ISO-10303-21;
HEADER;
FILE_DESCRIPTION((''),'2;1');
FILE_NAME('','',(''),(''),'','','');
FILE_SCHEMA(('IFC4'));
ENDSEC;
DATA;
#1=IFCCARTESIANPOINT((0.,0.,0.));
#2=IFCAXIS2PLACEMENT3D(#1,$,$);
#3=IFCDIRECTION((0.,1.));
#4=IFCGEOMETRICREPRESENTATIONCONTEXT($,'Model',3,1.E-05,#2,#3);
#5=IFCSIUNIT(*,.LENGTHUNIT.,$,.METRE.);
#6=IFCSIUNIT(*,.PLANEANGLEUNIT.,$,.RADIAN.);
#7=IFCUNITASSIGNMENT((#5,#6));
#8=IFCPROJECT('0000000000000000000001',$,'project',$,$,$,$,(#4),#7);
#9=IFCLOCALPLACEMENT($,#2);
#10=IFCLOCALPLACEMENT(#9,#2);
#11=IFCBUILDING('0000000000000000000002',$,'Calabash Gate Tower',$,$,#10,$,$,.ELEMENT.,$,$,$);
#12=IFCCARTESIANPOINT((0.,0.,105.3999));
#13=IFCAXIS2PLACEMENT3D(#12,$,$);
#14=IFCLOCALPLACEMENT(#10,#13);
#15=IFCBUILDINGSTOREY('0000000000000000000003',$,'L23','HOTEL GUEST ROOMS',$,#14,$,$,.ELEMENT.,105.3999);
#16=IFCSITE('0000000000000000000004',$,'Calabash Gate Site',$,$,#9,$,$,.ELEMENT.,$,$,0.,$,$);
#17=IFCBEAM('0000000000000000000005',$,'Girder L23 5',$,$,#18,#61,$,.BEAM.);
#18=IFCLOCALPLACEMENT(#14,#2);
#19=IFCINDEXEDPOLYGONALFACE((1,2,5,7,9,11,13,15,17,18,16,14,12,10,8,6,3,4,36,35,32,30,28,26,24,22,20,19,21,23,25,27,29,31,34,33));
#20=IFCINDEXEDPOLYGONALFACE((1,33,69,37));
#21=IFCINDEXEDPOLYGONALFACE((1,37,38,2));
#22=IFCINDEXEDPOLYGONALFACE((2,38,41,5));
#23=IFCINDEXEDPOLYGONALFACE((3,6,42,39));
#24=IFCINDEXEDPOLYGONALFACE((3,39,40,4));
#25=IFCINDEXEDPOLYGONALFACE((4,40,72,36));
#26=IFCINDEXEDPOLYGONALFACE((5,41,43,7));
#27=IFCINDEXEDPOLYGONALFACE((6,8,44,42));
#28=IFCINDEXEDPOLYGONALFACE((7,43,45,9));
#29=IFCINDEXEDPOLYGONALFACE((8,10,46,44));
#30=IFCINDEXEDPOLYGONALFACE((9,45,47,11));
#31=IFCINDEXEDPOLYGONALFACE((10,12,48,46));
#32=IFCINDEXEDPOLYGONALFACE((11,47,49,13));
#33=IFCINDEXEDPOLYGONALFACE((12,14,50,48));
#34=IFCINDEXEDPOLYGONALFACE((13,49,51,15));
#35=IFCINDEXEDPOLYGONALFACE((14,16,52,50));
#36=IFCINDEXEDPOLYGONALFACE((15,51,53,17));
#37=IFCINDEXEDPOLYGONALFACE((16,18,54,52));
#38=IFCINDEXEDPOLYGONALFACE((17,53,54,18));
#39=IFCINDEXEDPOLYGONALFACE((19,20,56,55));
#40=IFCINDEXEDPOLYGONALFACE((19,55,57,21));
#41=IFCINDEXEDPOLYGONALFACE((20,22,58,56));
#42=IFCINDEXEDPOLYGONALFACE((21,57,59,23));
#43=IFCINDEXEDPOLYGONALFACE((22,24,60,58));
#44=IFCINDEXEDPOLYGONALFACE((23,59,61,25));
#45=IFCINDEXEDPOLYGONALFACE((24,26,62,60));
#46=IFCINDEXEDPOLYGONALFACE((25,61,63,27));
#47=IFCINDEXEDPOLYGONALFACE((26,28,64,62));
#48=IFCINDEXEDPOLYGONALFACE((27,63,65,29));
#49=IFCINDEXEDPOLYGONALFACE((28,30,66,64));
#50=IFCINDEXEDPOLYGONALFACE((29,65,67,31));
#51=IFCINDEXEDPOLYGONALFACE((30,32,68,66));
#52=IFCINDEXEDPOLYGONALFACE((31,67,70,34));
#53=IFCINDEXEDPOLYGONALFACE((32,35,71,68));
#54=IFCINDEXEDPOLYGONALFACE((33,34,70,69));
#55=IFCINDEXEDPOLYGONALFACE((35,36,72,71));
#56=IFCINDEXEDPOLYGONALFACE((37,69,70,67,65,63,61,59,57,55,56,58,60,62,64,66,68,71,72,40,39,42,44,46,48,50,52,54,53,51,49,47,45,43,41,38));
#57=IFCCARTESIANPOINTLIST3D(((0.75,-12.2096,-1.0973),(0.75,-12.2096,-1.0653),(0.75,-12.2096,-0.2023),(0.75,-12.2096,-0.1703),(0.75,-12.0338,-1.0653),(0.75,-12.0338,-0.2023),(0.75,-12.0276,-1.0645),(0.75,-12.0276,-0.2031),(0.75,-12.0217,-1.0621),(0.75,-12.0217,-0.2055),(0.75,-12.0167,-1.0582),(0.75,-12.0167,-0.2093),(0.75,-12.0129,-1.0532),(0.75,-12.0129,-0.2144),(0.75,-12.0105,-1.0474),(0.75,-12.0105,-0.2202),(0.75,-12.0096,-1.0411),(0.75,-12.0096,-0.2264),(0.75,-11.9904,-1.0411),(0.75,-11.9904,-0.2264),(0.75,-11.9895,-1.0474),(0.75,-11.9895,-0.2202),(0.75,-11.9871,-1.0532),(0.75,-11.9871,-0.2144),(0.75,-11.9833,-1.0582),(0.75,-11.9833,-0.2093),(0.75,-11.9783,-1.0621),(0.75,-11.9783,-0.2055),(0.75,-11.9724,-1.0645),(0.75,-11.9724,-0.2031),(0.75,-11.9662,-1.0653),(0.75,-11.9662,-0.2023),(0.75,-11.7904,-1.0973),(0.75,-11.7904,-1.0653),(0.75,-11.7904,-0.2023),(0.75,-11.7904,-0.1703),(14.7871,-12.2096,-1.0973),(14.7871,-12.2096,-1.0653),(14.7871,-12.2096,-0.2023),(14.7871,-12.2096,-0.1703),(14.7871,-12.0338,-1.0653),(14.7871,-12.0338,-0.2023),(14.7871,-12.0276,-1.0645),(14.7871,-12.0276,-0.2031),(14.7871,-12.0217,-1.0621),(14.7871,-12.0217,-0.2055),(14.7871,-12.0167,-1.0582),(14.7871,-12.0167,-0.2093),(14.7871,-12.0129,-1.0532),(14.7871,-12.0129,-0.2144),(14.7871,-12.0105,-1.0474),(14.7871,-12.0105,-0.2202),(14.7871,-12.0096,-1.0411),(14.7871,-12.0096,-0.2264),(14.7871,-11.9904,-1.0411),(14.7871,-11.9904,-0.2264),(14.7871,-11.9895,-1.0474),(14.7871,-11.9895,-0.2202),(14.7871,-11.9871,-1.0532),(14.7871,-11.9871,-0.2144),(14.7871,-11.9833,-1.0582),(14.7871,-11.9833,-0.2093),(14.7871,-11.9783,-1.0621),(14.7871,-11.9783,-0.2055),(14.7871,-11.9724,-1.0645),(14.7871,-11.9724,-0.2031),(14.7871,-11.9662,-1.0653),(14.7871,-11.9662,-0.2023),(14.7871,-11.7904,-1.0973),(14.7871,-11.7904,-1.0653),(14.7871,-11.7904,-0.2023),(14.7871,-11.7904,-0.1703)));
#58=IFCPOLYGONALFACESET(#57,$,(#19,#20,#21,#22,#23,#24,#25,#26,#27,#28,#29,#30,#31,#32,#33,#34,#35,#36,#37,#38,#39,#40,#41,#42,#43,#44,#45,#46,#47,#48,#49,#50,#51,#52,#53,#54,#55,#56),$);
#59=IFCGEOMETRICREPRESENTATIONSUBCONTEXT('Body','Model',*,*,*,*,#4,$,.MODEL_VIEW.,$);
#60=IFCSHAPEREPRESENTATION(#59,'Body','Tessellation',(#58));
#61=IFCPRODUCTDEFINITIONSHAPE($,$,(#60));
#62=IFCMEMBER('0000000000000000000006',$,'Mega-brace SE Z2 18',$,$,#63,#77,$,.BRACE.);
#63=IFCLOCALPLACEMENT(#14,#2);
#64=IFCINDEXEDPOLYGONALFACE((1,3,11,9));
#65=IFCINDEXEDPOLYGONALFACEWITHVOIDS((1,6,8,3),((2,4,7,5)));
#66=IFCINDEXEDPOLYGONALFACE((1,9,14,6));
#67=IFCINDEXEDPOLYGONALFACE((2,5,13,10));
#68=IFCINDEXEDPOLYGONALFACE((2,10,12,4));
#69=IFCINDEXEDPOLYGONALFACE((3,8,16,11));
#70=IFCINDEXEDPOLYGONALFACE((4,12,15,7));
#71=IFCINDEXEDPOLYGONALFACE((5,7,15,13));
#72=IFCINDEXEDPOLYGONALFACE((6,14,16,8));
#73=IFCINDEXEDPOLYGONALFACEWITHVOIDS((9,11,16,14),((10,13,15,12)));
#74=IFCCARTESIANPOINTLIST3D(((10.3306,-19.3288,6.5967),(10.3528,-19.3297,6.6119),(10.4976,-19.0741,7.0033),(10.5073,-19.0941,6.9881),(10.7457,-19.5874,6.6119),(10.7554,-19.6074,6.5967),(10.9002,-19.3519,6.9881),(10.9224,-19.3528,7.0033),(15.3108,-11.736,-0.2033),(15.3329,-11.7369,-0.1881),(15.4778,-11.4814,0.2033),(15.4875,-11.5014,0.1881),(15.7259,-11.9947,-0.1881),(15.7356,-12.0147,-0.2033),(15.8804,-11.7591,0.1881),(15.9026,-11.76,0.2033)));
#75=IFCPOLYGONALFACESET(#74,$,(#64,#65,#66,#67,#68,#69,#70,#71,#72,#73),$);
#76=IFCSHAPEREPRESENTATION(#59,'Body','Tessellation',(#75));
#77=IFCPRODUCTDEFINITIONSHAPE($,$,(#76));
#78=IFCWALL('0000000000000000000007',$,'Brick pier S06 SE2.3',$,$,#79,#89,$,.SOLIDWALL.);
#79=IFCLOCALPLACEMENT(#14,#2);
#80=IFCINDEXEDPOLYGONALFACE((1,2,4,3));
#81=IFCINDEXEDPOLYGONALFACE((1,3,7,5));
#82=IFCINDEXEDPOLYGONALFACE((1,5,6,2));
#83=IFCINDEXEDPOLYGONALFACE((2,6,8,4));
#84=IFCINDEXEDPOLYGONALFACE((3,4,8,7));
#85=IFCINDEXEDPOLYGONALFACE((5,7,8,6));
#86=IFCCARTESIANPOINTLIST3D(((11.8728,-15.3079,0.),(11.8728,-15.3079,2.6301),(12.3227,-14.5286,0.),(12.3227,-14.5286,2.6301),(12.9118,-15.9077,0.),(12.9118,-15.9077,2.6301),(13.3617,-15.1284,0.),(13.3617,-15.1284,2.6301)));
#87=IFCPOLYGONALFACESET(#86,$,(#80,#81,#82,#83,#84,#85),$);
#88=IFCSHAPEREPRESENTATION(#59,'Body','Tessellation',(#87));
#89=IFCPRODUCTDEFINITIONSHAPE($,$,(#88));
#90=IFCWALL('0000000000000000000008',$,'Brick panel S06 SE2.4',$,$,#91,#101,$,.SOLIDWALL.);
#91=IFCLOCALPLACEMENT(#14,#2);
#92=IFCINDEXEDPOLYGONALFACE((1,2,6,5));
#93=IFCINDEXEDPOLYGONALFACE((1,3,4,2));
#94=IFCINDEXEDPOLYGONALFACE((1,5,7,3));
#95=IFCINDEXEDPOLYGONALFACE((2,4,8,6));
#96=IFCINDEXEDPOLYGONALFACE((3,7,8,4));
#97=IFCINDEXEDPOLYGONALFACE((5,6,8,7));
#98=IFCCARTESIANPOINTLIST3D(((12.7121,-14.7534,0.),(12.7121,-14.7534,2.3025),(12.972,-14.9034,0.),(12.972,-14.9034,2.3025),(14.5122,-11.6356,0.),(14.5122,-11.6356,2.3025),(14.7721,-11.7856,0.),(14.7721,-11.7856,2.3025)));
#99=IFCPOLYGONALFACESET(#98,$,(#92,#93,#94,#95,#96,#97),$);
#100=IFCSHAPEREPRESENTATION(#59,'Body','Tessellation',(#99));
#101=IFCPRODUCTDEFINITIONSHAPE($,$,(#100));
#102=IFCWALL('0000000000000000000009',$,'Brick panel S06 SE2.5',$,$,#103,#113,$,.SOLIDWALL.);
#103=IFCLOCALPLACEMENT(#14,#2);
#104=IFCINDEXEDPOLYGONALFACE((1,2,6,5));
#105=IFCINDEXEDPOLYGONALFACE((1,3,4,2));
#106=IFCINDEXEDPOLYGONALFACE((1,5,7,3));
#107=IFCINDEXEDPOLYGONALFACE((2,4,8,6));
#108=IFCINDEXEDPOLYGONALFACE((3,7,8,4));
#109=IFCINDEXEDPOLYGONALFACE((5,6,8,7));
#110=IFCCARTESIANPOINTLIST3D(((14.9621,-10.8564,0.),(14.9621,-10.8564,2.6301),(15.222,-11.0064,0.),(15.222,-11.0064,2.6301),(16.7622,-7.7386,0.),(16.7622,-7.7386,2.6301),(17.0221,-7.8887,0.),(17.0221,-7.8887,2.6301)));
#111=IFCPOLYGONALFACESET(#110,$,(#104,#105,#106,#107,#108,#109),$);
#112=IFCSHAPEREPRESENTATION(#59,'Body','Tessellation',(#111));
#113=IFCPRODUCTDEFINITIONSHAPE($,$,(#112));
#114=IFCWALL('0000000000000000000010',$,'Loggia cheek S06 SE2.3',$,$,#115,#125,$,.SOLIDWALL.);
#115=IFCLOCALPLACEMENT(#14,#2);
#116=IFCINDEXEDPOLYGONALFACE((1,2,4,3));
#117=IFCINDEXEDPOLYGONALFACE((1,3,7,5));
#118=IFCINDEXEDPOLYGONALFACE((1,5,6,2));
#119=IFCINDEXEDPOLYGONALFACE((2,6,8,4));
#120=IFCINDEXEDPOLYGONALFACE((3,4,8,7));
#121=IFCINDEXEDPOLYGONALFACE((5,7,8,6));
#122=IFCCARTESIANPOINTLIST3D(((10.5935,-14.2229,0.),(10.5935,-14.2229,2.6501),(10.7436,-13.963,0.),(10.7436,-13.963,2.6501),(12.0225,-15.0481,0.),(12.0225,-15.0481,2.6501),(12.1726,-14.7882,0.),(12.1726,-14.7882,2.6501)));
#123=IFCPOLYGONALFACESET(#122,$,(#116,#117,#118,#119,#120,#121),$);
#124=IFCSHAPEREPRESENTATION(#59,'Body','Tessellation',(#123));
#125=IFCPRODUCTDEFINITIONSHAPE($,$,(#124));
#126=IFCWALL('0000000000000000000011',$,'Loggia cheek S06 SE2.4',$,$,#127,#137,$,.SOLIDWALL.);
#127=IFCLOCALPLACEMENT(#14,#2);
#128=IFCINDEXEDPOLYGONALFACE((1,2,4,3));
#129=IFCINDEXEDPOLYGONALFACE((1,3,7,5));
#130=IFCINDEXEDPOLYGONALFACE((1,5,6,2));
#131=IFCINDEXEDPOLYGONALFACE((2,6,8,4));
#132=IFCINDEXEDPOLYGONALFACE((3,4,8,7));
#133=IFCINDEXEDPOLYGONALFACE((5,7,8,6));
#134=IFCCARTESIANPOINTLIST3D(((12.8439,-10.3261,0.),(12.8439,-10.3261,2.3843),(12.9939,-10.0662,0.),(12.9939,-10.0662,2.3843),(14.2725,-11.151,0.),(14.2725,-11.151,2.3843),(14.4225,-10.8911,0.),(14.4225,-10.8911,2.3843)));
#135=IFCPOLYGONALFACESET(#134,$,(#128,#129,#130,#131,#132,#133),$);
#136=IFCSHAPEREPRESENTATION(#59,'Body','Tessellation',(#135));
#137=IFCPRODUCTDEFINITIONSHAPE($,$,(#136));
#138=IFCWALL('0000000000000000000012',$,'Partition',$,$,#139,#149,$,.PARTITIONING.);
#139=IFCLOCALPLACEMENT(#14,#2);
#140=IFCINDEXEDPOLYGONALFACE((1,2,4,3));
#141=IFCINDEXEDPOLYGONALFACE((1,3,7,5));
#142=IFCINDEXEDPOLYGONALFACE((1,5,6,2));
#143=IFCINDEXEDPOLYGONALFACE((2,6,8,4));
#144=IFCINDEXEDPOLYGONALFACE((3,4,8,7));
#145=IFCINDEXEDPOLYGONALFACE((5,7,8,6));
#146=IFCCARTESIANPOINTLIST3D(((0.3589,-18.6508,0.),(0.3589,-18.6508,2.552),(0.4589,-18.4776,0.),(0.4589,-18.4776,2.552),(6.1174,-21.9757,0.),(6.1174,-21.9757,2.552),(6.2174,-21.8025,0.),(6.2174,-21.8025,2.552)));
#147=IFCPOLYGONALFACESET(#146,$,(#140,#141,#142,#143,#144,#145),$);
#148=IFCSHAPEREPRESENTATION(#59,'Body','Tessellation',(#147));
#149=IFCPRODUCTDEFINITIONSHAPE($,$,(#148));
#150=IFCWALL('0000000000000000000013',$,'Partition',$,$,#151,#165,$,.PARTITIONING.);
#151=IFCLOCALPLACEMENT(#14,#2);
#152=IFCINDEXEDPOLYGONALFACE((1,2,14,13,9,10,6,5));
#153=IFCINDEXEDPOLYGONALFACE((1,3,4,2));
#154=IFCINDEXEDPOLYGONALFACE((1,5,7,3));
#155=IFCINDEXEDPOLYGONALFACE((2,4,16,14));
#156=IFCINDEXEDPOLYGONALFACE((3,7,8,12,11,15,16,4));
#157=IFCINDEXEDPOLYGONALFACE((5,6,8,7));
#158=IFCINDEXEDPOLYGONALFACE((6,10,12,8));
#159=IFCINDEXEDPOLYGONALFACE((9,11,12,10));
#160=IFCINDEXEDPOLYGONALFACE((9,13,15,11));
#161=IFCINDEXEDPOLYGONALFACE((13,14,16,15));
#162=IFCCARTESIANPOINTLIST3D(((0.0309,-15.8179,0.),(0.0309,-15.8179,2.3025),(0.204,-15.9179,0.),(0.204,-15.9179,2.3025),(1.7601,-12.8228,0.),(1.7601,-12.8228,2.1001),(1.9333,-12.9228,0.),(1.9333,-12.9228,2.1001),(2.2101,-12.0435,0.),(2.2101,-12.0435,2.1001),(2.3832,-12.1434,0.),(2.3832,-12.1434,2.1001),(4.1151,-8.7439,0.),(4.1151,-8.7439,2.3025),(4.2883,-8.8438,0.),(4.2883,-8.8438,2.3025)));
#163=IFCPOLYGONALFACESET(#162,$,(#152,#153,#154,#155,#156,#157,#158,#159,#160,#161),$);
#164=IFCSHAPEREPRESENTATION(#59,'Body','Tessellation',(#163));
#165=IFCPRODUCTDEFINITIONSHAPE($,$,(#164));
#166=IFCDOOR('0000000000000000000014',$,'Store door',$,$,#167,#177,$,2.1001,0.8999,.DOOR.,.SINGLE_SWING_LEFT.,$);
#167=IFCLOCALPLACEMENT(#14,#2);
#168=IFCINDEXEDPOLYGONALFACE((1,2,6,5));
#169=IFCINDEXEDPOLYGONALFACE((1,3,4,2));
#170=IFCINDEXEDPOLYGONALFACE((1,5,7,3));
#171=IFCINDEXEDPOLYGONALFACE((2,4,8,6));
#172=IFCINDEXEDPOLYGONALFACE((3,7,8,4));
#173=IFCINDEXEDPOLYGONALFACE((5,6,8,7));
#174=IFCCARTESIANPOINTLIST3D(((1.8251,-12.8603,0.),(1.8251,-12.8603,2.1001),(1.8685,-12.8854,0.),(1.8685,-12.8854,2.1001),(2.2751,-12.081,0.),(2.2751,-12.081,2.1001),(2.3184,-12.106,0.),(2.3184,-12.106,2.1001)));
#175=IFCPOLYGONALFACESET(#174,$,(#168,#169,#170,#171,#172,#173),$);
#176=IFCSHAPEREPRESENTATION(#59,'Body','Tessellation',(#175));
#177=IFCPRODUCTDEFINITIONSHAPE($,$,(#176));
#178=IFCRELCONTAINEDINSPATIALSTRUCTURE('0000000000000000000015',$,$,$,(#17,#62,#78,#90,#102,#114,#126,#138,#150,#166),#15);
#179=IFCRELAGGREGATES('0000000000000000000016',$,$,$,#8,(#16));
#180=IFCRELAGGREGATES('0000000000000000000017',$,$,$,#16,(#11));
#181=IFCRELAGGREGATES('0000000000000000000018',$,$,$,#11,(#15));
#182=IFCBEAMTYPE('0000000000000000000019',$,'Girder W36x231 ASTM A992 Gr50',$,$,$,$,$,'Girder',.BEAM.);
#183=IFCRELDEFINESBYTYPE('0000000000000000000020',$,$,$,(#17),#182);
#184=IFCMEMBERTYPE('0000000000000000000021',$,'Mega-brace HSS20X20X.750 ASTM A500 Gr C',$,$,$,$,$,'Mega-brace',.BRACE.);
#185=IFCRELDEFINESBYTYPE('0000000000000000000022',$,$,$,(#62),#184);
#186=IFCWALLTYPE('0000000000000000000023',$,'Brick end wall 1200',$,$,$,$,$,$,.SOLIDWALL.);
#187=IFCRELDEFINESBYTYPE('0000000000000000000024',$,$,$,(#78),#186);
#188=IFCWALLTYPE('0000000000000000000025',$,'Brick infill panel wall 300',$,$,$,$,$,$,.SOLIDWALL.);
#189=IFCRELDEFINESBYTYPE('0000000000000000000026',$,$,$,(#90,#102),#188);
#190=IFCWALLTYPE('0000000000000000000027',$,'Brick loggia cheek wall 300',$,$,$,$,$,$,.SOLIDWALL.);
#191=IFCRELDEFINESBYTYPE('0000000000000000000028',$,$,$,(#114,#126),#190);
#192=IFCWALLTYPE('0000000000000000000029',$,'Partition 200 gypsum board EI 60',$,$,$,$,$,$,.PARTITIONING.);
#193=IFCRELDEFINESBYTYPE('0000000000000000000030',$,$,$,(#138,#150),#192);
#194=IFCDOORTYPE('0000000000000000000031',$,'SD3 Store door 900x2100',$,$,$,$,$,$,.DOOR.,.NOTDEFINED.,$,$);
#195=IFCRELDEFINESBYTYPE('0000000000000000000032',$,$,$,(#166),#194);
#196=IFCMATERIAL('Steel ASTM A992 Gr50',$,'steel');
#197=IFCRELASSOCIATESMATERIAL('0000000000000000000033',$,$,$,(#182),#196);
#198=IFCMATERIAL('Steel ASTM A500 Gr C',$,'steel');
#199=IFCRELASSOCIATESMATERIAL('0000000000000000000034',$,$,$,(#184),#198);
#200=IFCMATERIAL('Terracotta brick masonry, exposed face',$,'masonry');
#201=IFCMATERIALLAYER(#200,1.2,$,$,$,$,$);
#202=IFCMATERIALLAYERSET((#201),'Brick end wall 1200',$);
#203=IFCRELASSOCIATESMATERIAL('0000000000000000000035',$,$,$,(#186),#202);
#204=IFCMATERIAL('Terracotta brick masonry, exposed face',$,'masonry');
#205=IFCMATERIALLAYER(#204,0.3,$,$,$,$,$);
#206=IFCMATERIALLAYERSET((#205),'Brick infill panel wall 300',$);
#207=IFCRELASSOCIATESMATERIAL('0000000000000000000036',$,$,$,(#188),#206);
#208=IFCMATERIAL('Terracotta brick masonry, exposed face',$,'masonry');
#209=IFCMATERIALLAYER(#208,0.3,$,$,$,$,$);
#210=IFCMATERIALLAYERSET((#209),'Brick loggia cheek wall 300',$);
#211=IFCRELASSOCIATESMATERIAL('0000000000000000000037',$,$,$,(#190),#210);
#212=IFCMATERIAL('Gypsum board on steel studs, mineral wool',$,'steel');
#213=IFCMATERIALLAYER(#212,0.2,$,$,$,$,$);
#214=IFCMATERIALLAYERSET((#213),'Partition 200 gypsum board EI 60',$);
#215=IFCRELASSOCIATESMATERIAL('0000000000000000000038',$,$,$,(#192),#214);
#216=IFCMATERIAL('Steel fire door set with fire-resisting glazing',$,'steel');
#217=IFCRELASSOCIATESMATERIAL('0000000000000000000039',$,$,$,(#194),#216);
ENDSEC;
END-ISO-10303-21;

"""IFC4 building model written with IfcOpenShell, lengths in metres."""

from ifc_helpers import new_model, si_unit, direction, frame, frame_2d, origin, origin_2d, place, context, subcontext, project, spatial, rectangle, hollow_rectangle, i_section, extrude, material, layer, layer_set, material_profile, profile_set, type_object, element, fill, save


model = new_model("IFC4")

# Units and contexts
model_context = context("Model", 3, precision=1e-05, world=origin(), true_north=direction((0.0, 1.0)))
body_context = subcontext(model_context, "Body", "Model", "MODEL_VIEW")
ifc_project = project(units=[si_unit("LENGTHUNIT", "METRE"), si_unit("PLANEANGLEUNIT", "RADIAN")], contexts=[model_context])

# Site, building, storey
site_placement = place(None, origin())
site = spatial("IfcSite", under=ifc_project, at=site_placement, Name="Calabash Gate Site", CompositionType="ELEMENT", RefElevation=0.0)
building_placement = place(site_placement, origin())
building = spatial("IfcBuilding", under=site, at=building_placement, Name="Calabash Gate Tower", CompositionType="ELEMENT")
storey_placement = place(building_placement, frame((0.0, 0.0, 105.3999)))
storey = spatial("IfcBuildingStorey", under=building, at=storey_placement, Name="L23", Description="HOTEL GUEST ROOMS", CompositionType="ELEMENT", Elevation=105.3999)

# Beam
ifc_material_1 = material(Name="Steel ASTM A992 Gr50", Category="steel")
ifc_material_profile_1 = material_profile(ifc_material_1, i_section(OverallWidth=0.4192, OverallDepth=0.927, WebThickness=0.0193, FlangeThickness=0.032, FilletRadius=0.0242, at=origin_2d()))
ifc_profile_set_1 = profile_set([ifc_material_profile_1], Name="Steel ASTM A992 Gr50")
beam_type_1 = type_object("IfcBeamType", Name="Girder W36x231 ASTM A992 Gr50", ElementType="Girder", PredefinedType="BEAM", material=ifc_profile_set_1)
beam_1_placement = place(storey_placement, frame((0.75, -12.0, -0.6338), z_axis=(1.0, 0.0, 0.0), x_axis=(0.0, 1.0, 0.0)))
element("IfcBeam", 1, at=beam_1_placement, inside=storey, type_object=beam_type_1, Name="Girder L23 5", PredefinedType="BEAM", context=body_context, shape_type="SweptSolid", body=[
    extrude(i_section(OverallWidth=0.4192, OverallDepth=0.927, WebThickness=0.0193, FlangeThickness=0.032, FilletRadius=0.0242, at=origin_2d()), origin(), (0.0, 0.0, 1.0), 14.0371),
])

# Member
ifc_material_2 = material(Name="Steel ASTM A500 Gr C", Category="steel")
ifc_material_profile_2 = material_profile(ifc_material_2, hollow_rectangle(XDim=0.5081, YDim=0.5081, WallThickness=0.019, at=origin_2d()))
ifc_profile_set_2 = profile_set([ifc_material_profile_2], Name="Steel ASTM A500 Gr C")
member_type = type_object("IfcMemberType", Name="Mega-brace HSS20X20X.750 ASTM A500 Gr C", ElementType="Mega-brace", PredefinedType="BRACE", material=ifc_profile_set_2)
member_placement = place(storey_placement, frame((15.6067, -11.748, 0.0), z_axis=(-0.439006, -0.669302, 0.599423), x_axis=(0.836176, -0.548461, 0.0)))
element("IfcMember", 2, at=member_placement, inside=storey, type_object=member_type, Name="Mega-brace SE Z2 18", PredefinedType="BRACE", context=body_context, shape_type="SweptSolid", body=[
    extrude(hollow_rectangle(XDim=0.5081, YDim=0.5081, WallThickness=0.019, at=origin_2d()), origin(), (0.0, 0.0, 1.0), 11.3442),
])

# Walls
ifc_material_3 = material(Name="Terracotta brick masonry, exposed face", Category="masonry")
ifc_layer_1 = layer(ifc_material_3, 1.2)
ifc_layer_set_1 = layer_set([ifc_layer_1], Name="Brick end wall 1200")
wall_type_1 = type_object("IfcWallType", Name="Brick end wall 1200", PredefinedType="SOLIDWALL", material=ifc_layer_set_1)
wall_1_placement = place(storey_placement, frame((13.1367, -15.5181, 0.0), z_axis=(0.0, 0.0, 1.0), x_axis=(-0.866043, 0.499969, 0.0)))
element("IfcWall", 3, at=wall_1_placement, inside=storey, type_object=wall_type_1, Name="Brick pier S06 SE2.3", PredefinedType="SOLIDWALL", context=body_context, shape_type="SweptSolid", body=[
    extrude(rectangle(XDim=1.1997, YDim=0.8999, at=frame_2d((0.5999, 0.0))), origin(), (0.0, 0.0, 1.0), 2.6301),
])
ifc_material_4 = material(Name="Terracotta brick masonry, exposed face", Category="masonry")
ifc_layer_2 = layer(ifc_material_4, 0.3)
ifc_layer_set_2 = layer_set([ifc_layer_2], Name="Brick infill panel wall 300")
wall_type_2 = type_object("IfcWallType", Name="Brick infill panel wall 300", PredefinedType="SOLIDWALL", material=ifc_layer_set_2)
wall_2_placement = place(storey_placement, frame((12.842, -14.8284, 0.0), z_axis=(0.0, 0.0, 1.0), x_axis=(0.500012, 0.866018, 0.0)))
element("IfcWall", 4, at=wall_2_placement, inside=storey, type_object=wall_type_2, Name="Brick panel S06 SE2.4", PredefinedType="SOLIDWALL", context=body_context, shape_type="SweptSolid", body=[
    extrude(rectangle(XDim=3.6001, YDim=0.3, at=frame_2d((1.8, 0.0))), origin(), (0.0, 0.0, 1.0), 2.3025),
])
wall_3_placement = place(storey_placement, frame((15.092, -10.9314, 0.0), z_axis=(0.0, 0.0, 1.0), x_axis=(0.500012, 0.866018, 0.0)))
element("IfcWall", 5, at=wall_3_placement, inside=storey, type_object=wall_type_2, Name="Brick panel S06 SE2.5", PredefinedType="SOLIDWALL", context=body_context, shape_type="SweptSolid", body=[
    extrude(rectangle(XDim=3.6001, YDim=0.3, at=frame_2d((1.8, 0.0))), origin(), (0.0, 0.0, 1.0), 2.6301),
])
ifc_material_5 = material(Name="Terracotta brick masonry, exposed face", Category="masonry")
ifc_layer_3 = layer(ifc_material_5, 0.3)
ifc_layer_set_3 = layer_set([ifc_layer_3], Name="Brick loggia cheek wall 300")
wall_type_3 = type_object("IfcWallType", Name="Brick loggia cheek wall 300", PredefinedType="SOLIDWALL", material=ifc_layer_set_3)
wall_4_placement = place(storey_placement, frame((12.0977, -14.9182, 0.0), z_axis=(0.0, 0.0, 1.0), x_axis=(-0.865976, 0.500085, 0.0)))
element("IfcWall", 6, at=wall_4_placement, inside=storey, type_object=wall_type_3, Name="Loggia cheek S06 SE2.3", PredefinedType="SOLIDWALL", context=body_context, shape_type="SweptSolid", body=[
    extrude(rectangle(XDim=1.6501, YDim=0.3, at=frame_2d((0.8252, 0.0))), origin(), (0.0, 0.0, 1.0), 2.6501),
])
wall_5_placement = place(storey_placement, frame((14.3474, -11.021, 0.0), z_axis=(0.0, 0.0, 1.0), x_axis=(-0.866003, 0.500038, 0.0)))
element("IfcWall", 7, at=wall_5_placement, inside=storey, type_object=wall_type_3, Name="Loggia cheek S06 SE2.4", PredefinedType="SOLIDWALL", context=body_context, shape_type="SweptSolid", body=[
    extrude(rectangle(XDim=1.6497, YDim=0.3, at=frame_2d((0.8247, 0.0))), origin(), (0.0, 0.0, 1.0), 2.3843),
])
ifc_material_6 = material(Name="Gypsum board on steel studs, mineral wool", Category="steel")
ifc_layer_4 = layer(ifc_material_6, 0.2)
ifc_layer_set_4 = layer_set([ifc_layer_4], Name="Partition 200 gypsum board EI 60")
wall_type_4 = type_object("IfcWallType", Name="Partition 200 gypsum board EI 60", PredefinedType="PARTITIONING", material=ifc_layer_set_4)
wall_6_placement = place(storey_placement, frame((0.4089, -18.5642, 0.0), z_axis=(0.0, 0.0, 1.0), x_axis=(0.866009, -0.500029, 0.0)))
element("IfcWall", 8, at=wall_6_placement, inside=storey, type_object=wall_type_4, Name="Partition", PredefinedType="PARTITIONING", context=body_context, shape_type="SweptSolid", body=[
    extrude(rectangle(XDim=6.6494, YDim=0.2, at=frame_2d((3.3247, 0.0))), origin(), (0.0, 0.0, 1.0), 2.552),
])

# Wall, opening, door
wall_7_placement = place(storey_placement, frame((0.1174, -15.8679, 0.0), z_axis=(0.0, 0.0, 1.0), x_axis=(0.500006, 0.866022, 0.0)))
wall_7 = element("IfcWall", 9, at=wall_7_placement, inside=storey, type_object=wall_type_4, Name="Partition", PredefinedType="PARTITIONING", context=body_context, shape_type="SweptSolid", body=[
    extrude(rectangle(XDim=8.1685, YDim=0.2, at=frame_2d((4.0842, 0.0))), origin(), (0.0, 0.0, 1.0), 2.3025),
])
opening_1_placement = place(wall_7_placement, frame((3.4585, 0.0, 0.0)))
opening_1 = element("IfcOpeningElement", 10, at=opening_1_placement, cuts=wall_7, PredefinedType="OPENING", context=body_context, shape_type="SweptSolid", body=[
    extrude(rectangle(XDim=0.8999, YDim=2.1001, at=frame_2d((0.45, 1.05))), frame((0.0, 0.1099, 0.0), z_axis=(0.0, -1.0, 0.0), x_axis=(1.0, 0.0, 0.0)), (0.0, 0.0, 1.0), 0.22),
])
ifc_material_7 = material(Name="Steel fire door set with fire-resisting glazing", Category="steel")
door_type_1 = type_object("IfcDoorType", Name="SD3 Store door 900x2100", OperationType="NOTDEFINED", PredefinedType="DOOR", material=ifc_material_7)
door_1_placement = place(opening_1_placement, origin())
door_1 = element("IfcDoor", 11, at=door_1_placement, inside=storey, type_object=door_type_1, Name="Store door", OperationType="SINGLE_SWING_LEFT", OverallHeight=2.1001, OverallWidth=0.8999, PredefinedType="DOOR", context=body_context, shape_type="SweptSolid", body=[
    extrude(rectangle(XDim=0.8999, YDim=2.1001, at=frame_2d((0.45, 1.05))), frame((0.0, 0.0249, 0.0), z_axis=(0.0, -1.0, 0.0), x_axis=(1.0, 0.0, 0.0)), (0.0, 0.0, 1.0), 0.05),
])
fill(opening_1, door_1)

save(model, "model.ifc")
